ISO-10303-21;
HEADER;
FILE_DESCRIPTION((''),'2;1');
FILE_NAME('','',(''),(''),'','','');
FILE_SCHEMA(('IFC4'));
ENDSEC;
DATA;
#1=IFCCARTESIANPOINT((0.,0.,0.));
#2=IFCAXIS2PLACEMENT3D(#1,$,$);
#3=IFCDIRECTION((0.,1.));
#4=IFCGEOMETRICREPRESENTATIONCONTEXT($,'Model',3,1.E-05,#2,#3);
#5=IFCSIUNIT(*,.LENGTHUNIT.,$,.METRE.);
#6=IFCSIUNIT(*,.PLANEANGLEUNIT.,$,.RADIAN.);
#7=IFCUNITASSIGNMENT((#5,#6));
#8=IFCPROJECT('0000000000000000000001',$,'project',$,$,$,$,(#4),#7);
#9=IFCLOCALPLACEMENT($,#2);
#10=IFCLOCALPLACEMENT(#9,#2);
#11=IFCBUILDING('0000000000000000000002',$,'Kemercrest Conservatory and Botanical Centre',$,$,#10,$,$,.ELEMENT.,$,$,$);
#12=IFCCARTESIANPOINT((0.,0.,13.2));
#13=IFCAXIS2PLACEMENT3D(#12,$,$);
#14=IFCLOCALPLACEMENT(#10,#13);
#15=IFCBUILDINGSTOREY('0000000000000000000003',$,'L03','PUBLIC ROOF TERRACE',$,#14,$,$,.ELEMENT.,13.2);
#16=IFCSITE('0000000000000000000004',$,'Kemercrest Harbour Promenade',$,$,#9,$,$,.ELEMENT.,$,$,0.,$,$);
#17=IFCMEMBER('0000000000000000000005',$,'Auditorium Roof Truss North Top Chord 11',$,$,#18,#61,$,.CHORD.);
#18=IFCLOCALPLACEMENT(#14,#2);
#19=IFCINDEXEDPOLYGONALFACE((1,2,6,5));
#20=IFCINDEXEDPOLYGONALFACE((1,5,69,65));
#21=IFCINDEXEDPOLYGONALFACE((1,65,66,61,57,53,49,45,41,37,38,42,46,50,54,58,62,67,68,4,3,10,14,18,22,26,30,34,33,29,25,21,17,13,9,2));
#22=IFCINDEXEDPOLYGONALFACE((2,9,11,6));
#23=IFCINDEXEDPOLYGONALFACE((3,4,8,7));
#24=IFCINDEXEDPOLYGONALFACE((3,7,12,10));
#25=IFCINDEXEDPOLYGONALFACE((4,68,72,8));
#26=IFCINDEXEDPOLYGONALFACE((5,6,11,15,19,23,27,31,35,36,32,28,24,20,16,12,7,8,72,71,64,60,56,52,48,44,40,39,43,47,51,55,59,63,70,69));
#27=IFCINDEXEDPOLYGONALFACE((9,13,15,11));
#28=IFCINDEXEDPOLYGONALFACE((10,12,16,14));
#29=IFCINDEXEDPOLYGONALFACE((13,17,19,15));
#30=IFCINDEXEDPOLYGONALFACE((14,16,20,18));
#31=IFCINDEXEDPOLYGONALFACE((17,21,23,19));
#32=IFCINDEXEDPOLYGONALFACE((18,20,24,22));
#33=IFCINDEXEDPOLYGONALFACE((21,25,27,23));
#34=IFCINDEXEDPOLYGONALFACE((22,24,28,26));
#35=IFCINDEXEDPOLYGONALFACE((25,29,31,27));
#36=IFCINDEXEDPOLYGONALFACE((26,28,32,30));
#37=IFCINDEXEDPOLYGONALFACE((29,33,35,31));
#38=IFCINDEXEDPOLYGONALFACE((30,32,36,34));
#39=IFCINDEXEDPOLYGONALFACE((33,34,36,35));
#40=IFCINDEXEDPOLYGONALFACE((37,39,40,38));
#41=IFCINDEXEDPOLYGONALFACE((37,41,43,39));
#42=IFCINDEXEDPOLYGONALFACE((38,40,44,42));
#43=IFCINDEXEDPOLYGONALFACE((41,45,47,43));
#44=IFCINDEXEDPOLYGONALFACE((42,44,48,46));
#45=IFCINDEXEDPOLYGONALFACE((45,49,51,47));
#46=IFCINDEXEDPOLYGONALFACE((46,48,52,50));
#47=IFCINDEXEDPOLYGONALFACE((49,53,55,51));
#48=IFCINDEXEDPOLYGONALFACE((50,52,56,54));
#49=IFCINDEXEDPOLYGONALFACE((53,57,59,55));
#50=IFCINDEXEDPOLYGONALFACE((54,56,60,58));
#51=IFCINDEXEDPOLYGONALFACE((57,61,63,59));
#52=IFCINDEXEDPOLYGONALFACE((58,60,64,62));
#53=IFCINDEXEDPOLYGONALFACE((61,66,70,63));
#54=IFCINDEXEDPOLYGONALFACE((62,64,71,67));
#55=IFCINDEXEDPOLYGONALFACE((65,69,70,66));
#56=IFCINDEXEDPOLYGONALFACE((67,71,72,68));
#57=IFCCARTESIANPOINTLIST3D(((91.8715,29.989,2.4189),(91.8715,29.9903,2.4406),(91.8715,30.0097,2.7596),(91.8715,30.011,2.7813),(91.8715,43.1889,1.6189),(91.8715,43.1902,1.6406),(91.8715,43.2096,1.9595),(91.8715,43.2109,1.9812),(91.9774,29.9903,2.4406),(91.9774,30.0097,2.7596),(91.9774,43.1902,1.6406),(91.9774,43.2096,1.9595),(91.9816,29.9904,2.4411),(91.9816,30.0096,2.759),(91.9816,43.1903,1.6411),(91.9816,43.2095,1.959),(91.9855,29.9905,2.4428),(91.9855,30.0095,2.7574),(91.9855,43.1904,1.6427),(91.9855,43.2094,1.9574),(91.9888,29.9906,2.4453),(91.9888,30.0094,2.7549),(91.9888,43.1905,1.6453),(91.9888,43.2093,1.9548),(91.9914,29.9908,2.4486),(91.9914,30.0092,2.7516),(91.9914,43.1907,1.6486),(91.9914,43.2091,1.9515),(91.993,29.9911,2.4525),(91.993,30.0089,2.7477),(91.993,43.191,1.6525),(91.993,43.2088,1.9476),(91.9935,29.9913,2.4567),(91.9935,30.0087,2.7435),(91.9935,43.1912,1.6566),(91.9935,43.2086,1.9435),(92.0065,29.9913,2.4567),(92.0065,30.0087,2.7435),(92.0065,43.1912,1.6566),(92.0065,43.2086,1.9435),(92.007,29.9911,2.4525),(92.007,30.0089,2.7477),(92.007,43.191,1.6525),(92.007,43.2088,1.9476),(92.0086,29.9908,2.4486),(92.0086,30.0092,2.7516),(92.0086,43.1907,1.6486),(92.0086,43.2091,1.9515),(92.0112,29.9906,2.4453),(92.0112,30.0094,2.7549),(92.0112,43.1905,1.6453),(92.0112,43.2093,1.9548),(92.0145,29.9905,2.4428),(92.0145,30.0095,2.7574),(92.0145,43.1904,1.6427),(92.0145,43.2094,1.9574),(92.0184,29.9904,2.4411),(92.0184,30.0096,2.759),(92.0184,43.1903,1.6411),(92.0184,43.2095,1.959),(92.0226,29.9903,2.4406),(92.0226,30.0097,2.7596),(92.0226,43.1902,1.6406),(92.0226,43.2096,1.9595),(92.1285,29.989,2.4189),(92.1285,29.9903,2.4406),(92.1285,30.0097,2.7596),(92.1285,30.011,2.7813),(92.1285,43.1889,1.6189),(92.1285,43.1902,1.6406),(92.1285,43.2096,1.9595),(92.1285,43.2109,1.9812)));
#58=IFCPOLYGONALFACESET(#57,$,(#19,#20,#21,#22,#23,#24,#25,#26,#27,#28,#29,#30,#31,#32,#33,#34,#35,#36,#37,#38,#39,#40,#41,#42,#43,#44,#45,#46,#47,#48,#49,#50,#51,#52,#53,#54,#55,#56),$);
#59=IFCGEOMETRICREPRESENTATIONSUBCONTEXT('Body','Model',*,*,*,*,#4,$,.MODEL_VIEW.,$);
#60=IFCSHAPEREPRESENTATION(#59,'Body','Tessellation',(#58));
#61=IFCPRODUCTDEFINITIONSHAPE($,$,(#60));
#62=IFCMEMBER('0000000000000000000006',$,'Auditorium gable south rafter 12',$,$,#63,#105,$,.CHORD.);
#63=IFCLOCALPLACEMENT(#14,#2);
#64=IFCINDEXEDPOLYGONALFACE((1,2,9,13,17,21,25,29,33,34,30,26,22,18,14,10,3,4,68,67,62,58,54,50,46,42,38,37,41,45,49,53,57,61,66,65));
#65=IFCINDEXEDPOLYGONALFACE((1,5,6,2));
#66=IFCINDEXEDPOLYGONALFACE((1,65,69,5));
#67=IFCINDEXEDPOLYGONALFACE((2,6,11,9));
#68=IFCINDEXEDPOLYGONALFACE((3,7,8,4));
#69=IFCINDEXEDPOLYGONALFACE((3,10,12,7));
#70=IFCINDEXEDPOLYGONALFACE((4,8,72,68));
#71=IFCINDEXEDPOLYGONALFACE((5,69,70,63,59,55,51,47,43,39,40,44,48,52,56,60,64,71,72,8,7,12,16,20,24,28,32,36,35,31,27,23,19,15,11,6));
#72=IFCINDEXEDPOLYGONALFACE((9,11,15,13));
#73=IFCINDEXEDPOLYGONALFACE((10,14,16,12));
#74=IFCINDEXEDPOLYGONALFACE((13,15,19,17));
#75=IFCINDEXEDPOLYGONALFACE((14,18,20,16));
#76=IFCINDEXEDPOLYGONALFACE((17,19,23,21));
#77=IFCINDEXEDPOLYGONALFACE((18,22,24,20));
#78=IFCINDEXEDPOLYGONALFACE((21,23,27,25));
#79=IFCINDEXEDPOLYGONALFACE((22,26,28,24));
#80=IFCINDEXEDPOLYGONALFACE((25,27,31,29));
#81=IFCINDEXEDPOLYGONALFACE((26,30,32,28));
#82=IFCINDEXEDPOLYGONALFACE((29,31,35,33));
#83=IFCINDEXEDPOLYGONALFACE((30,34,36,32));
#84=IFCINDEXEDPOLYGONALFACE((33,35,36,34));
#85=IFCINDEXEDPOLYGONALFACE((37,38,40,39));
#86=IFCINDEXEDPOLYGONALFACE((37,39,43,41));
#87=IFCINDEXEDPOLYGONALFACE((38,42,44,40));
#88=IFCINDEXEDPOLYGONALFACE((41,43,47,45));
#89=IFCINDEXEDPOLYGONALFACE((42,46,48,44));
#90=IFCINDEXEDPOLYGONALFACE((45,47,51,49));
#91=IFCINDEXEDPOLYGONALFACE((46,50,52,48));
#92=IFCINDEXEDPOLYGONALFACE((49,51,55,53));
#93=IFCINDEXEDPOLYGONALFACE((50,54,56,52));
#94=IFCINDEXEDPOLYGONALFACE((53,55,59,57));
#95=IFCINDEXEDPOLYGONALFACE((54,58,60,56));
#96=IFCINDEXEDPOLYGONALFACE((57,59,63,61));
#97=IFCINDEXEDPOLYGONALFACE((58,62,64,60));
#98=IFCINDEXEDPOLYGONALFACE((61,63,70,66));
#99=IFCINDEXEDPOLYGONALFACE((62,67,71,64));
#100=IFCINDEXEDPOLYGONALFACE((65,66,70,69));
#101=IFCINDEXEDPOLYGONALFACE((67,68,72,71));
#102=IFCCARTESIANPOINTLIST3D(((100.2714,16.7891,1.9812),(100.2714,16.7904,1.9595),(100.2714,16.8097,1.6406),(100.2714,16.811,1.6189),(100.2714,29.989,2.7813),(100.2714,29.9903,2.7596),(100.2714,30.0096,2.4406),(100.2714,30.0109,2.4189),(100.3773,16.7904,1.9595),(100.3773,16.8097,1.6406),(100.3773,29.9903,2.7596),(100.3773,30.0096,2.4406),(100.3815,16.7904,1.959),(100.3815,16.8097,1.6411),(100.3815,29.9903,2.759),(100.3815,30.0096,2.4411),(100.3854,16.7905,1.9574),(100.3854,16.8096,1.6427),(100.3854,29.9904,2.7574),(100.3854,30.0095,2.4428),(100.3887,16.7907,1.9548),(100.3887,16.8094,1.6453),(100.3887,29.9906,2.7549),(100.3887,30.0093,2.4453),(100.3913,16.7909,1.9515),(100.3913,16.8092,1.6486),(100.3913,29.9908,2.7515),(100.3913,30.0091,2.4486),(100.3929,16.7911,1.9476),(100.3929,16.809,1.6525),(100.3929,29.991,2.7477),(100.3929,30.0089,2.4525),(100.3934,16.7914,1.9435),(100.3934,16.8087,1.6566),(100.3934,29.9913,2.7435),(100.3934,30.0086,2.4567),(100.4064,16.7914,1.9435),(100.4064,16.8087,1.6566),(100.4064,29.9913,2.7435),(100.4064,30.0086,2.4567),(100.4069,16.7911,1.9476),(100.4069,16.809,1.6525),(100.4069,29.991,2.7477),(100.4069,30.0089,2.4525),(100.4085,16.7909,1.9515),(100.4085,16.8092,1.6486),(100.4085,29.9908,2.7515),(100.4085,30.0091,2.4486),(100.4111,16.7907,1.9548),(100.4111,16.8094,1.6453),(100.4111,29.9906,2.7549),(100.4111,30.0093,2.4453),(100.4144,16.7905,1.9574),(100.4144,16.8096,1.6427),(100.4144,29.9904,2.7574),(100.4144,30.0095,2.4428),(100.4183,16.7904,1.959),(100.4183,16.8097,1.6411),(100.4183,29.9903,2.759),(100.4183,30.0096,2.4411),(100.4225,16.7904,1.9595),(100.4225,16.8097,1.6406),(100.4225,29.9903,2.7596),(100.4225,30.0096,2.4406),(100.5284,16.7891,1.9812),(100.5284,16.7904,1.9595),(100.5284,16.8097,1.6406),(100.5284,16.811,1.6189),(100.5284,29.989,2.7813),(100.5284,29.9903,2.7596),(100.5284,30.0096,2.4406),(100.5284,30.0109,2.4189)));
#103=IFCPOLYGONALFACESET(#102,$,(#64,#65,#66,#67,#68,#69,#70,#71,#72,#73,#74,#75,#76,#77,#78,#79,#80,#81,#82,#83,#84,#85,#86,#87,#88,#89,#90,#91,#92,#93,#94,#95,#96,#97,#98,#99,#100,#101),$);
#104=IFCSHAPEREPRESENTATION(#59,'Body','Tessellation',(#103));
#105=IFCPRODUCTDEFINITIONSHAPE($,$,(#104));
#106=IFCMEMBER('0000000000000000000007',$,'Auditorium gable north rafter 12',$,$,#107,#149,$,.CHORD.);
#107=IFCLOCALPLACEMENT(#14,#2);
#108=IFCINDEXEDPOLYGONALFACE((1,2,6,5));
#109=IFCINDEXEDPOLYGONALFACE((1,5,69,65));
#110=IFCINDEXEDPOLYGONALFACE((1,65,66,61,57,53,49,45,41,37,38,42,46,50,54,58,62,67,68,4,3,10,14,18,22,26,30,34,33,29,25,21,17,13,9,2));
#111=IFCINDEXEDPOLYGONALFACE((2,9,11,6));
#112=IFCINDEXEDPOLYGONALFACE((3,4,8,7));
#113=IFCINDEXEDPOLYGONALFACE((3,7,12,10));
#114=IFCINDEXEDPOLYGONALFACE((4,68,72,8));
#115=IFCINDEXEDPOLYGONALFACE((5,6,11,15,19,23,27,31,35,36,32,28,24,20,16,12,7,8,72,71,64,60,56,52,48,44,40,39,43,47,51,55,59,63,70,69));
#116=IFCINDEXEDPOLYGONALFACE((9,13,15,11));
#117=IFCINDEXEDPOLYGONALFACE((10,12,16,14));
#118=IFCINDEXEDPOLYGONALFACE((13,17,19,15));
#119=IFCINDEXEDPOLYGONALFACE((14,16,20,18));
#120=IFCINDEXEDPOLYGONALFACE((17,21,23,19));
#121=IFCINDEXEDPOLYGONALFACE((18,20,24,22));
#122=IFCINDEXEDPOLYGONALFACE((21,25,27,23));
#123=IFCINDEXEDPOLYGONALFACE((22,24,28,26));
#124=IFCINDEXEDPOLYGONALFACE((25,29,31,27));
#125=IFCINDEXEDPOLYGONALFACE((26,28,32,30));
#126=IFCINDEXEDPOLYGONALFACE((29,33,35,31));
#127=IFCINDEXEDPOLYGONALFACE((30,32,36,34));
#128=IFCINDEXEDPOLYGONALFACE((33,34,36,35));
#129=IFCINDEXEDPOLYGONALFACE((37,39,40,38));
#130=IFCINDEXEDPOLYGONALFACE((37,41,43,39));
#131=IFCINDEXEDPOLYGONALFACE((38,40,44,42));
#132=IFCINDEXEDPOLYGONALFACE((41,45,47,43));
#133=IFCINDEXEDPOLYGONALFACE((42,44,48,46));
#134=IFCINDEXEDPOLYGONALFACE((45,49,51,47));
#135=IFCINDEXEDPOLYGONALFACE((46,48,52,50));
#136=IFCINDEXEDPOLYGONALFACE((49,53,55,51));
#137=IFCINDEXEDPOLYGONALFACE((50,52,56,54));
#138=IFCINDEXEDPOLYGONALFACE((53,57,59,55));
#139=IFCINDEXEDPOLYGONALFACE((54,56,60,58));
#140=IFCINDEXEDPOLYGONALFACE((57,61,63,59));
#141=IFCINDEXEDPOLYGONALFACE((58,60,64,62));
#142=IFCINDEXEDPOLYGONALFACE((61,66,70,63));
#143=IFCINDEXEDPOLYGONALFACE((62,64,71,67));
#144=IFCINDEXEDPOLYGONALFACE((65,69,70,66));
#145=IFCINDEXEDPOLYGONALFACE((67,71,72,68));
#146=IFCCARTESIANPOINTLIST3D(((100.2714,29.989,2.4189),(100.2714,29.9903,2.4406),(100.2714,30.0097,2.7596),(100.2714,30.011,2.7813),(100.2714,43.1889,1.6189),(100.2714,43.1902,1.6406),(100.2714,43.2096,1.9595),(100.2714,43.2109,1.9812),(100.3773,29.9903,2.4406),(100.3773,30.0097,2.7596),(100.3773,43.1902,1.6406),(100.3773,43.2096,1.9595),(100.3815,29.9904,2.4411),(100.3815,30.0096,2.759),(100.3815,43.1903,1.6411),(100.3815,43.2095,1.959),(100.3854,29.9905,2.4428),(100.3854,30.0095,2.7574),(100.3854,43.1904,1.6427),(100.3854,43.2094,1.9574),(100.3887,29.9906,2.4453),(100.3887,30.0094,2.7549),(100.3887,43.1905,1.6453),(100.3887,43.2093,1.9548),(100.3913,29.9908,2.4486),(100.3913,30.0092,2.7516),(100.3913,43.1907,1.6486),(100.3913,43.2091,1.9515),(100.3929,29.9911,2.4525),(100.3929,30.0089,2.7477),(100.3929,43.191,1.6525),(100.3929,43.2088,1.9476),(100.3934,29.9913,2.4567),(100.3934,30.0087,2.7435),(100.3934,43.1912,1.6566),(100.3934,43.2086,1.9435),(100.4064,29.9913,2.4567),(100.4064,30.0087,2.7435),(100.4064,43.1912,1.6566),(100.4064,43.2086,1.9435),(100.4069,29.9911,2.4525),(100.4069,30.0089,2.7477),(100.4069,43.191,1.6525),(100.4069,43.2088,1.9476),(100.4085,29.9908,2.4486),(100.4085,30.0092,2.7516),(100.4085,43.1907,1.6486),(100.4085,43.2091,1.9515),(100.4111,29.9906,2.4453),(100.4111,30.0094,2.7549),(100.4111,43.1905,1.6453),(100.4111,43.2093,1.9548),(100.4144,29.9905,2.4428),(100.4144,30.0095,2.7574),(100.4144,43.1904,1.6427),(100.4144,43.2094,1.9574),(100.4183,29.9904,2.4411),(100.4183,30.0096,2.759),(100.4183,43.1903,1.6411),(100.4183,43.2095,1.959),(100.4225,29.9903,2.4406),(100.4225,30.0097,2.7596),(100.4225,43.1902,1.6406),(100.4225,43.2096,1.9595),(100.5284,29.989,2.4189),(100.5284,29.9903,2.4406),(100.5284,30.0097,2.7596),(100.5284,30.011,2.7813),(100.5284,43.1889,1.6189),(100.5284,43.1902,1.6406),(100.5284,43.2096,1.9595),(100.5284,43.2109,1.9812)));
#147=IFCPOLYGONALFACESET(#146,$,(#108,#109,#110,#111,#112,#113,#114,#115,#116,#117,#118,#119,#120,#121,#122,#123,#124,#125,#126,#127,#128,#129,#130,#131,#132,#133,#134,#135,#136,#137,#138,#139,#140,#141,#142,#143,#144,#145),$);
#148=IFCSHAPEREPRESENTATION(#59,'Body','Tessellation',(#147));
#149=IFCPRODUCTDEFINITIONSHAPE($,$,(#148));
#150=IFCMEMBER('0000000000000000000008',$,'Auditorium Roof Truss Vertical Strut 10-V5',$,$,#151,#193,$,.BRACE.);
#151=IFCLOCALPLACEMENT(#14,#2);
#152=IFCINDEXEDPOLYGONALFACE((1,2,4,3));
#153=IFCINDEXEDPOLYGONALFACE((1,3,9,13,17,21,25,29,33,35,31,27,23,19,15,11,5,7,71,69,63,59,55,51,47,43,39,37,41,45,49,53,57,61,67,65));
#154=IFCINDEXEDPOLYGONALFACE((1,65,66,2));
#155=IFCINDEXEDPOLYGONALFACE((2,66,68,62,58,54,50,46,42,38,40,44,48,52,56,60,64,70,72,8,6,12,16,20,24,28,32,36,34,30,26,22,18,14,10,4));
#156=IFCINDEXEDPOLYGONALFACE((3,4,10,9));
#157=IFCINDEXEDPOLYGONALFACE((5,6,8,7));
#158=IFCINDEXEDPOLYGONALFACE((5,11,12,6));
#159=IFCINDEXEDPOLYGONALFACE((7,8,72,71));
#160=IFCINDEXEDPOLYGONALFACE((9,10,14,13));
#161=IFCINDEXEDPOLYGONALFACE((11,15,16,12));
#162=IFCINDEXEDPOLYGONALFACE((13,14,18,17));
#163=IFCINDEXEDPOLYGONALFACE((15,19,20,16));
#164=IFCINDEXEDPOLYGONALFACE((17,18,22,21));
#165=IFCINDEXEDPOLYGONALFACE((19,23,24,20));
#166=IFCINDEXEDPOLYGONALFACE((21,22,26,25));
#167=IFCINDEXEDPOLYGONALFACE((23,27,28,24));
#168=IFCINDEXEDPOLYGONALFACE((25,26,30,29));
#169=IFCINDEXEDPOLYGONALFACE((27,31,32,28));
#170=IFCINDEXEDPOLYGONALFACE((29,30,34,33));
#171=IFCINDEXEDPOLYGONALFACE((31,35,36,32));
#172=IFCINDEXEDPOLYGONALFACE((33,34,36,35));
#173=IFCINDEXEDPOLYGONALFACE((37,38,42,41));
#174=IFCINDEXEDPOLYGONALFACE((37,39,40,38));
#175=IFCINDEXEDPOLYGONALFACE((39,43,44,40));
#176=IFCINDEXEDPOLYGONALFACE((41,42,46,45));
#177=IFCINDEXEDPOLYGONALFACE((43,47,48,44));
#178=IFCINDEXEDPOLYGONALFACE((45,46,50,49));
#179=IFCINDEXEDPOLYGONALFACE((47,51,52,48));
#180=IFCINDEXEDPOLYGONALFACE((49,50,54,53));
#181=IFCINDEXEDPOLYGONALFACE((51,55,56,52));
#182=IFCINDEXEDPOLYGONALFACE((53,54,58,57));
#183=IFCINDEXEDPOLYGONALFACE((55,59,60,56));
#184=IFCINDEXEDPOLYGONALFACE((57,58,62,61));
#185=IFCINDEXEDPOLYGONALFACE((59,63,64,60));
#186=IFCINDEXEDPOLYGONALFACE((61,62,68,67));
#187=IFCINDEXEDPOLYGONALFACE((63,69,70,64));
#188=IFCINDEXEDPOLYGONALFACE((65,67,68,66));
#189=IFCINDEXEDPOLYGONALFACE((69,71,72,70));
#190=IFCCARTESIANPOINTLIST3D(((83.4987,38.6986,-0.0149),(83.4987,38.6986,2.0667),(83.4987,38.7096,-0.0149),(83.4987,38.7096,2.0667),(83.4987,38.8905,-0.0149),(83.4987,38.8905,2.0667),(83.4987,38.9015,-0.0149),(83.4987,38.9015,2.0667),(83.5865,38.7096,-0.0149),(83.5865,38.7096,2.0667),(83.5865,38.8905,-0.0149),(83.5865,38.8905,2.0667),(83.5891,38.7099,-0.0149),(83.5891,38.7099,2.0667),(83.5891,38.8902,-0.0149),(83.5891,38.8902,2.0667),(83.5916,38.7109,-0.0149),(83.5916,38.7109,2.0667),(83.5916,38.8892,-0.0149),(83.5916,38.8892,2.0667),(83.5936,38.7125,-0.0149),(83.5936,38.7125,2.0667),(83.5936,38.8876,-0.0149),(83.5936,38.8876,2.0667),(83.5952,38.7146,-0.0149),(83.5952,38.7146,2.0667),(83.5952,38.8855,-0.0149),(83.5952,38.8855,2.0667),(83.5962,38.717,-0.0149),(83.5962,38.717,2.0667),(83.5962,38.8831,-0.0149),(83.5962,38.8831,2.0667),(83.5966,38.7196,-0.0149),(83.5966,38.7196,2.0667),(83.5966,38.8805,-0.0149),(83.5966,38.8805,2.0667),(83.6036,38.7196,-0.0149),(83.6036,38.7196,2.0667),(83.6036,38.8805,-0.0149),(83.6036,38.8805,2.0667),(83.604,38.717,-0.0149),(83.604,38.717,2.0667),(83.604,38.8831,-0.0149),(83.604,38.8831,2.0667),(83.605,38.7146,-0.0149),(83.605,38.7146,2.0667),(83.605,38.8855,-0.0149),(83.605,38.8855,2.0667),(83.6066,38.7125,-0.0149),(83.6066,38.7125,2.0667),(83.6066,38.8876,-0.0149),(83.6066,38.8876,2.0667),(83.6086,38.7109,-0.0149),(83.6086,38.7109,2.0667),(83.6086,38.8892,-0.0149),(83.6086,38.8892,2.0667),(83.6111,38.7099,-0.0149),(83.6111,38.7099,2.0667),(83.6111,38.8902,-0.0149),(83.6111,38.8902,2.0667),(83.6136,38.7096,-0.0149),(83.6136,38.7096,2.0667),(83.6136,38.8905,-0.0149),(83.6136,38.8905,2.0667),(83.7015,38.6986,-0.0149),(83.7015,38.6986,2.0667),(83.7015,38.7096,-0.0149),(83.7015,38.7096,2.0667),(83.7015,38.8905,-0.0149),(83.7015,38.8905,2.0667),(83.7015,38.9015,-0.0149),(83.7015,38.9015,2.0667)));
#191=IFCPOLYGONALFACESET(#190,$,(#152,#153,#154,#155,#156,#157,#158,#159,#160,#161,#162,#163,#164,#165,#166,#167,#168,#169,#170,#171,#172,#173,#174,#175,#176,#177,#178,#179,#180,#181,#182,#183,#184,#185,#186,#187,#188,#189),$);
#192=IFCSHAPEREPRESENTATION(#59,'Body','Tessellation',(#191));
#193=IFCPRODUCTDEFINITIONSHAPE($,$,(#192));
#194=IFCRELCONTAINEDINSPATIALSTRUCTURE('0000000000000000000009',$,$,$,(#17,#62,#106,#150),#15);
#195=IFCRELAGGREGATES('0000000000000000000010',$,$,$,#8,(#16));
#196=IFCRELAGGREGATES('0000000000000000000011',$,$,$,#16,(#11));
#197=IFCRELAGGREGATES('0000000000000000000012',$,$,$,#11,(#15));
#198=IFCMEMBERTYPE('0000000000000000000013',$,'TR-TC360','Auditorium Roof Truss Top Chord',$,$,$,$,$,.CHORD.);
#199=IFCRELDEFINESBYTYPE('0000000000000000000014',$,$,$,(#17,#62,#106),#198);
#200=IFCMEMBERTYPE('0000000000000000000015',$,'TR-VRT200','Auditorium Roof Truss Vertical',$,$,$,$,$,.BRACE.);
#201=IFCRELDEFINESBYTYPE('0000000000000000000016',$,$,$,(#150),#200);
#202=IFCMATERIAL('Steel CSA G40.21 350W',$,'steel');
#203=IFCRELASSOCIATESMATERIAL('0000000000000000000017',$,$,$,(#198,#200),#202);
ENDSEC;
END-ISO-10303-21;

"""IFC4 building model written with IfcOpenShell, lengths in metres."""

from ifc_helpers import new_model, si_unit, direction, frame, origin, origin_2d, place, context, subcontext, project, spatial, i_section, extrude, material, material_profile, profile_set, type_object, element, save


model = new_model("IFC4")

# Units and contexts
model_context = context("Model", 3, precision=1e-05, world=origin(), true_north=direction((0.0, 1.0)))
body_context = subcontext(model_context, "Body", "Model", "MODEL_VIEW")
ifc_project = project(units=[si_unit("LENGTHUNIT", "METRE"), si_unit("PLANEANGLEUNIT", "RADIAN")], contexts=[model_context])

# Site, building, storey
site_placement = place(None, origin())
site = spatial("IfcSite", under=ifc_project, at=site_placement, Name="Kemercrest Harbour Promenade", CompositionType="ELEMENT", RefElevation=0.0)
building_placement = place(site_placement, origin())
building = spatial("IfcBuilding", under=site, at=building_placement, Name="Kemercrest Conservatory and Botanical Centre", CompositionType="ELEMENT")
storey_placement = place(building_placement, frame((0.0, 0.0, 13.2)))
storey = spatial("IfcBuildingStorey", under=building, at=storey_placement, Name="L03", Description="PUBLIC ROOF TERRACE", CompositionType="ELEMENT", Elevation=13.2)

# Members
ifc_material = material(Name="Steel CSA G40.21 350W", Category="steel")
ifc_material_profile_1 = material_profile(ifc_material, i_section(OverallWidth=0.2571, OverallDepth=0.363, WebThickness=0.0129, FlangeThickness=0.0217, FilletRadius=0.0161, at=origin_2d()), Name="W360X122")
ifc_profile_set_1 = profile_set([ifc_material_profile_1], Name="Steel CSA G40.21 350W")
member_type_1 = type_object("IfcMemberType", Name="TR-TC360", Description="Auditorium Roof Truss Top Chord", PredefinedType="CHORD", material=ifc_profile_set_1)
for number, where, z_axis, x_axis, name in (
    (1, (92.0, 30.0, 2.6001), (0.0, 0.998168, -0.060499), (-1.0, 0.0, 0.0), "Auditorium Roof Truss North Top Chord 11"),
    (2, (100.3999, 16.8, 1.8), (0.0, 0.998168, 0.060499), (-1.0, 0.0, 0.0), "Auditorium gable south rafter 12"),
    (3, (100.3999, 30.0, 2.6001), (0.0, 0.998168, -0.060499), (-1.0, 0.0, 0.0), "Auditorium gable north rafter 12"),
):
    element("IfcMember", number, at=place(storey_placement, frame(where, z_axis=z_axis, x_axis=x_axis)), inside=storey, type_object=member_type_1, Name=name, PredefinedType="CHORD", context=body_context, shape_type="SweptSolid", body=[
        extrude(i_section(OverallWidth=0.2571, OverallDepth=0.363, WebThickness=0.0129, FlangeThickness=0.0217, FilletRadius=0.0161, at=origin_2d()), origin(), (0.0, 0.0, 1.0), 13.2241),
    ])
ifc_material_profile_2 = material_profile(ifc_material, i_section(OverallWidth=0.2029, OverallDepth=0.2029, WebThickness=0.0071, FlangeThickness=0.011, FilletRadius=0.01, at=origin_2d()), Name="W200X46")
ifc_profile_set_2 = profile_set([ifc_material_profile_2], Name="Steel CSA G40.21 350W")
member_type_2 = type_object("IfcMemberType", Name="TR-VRT200", Description="Auditorium Roof Truss Vertical", PredefinedType="BRACE", material=ifc_profile_set_2)
member_1_placement = place(storey_placement, frame((83.6001, 38.8, -0.0149), z_axis=(0.0, 0.0, 1.0), x_axis=(1.0, 0.0, 0.0)))
element("IfcMember", 4, at=member_1_placement, inside=storey, type_object=member_type_2, Name="Auditorium Roof Truss Vertical Strut 10-V5", PredefinedType="BRACE", context=body_context, shape_type="SweptSolid", body=[
    extrude(i_section(OverallWidth=0.2029, OverallDepth=0.2029, WebThickness=0.0071, FlangeThickness=0.011, FilletRadius=0.01, at=origin_2d()), origin(), (0.0, 0.0, 1.0), 2.0815),
])

save(model, "model.ifc")
